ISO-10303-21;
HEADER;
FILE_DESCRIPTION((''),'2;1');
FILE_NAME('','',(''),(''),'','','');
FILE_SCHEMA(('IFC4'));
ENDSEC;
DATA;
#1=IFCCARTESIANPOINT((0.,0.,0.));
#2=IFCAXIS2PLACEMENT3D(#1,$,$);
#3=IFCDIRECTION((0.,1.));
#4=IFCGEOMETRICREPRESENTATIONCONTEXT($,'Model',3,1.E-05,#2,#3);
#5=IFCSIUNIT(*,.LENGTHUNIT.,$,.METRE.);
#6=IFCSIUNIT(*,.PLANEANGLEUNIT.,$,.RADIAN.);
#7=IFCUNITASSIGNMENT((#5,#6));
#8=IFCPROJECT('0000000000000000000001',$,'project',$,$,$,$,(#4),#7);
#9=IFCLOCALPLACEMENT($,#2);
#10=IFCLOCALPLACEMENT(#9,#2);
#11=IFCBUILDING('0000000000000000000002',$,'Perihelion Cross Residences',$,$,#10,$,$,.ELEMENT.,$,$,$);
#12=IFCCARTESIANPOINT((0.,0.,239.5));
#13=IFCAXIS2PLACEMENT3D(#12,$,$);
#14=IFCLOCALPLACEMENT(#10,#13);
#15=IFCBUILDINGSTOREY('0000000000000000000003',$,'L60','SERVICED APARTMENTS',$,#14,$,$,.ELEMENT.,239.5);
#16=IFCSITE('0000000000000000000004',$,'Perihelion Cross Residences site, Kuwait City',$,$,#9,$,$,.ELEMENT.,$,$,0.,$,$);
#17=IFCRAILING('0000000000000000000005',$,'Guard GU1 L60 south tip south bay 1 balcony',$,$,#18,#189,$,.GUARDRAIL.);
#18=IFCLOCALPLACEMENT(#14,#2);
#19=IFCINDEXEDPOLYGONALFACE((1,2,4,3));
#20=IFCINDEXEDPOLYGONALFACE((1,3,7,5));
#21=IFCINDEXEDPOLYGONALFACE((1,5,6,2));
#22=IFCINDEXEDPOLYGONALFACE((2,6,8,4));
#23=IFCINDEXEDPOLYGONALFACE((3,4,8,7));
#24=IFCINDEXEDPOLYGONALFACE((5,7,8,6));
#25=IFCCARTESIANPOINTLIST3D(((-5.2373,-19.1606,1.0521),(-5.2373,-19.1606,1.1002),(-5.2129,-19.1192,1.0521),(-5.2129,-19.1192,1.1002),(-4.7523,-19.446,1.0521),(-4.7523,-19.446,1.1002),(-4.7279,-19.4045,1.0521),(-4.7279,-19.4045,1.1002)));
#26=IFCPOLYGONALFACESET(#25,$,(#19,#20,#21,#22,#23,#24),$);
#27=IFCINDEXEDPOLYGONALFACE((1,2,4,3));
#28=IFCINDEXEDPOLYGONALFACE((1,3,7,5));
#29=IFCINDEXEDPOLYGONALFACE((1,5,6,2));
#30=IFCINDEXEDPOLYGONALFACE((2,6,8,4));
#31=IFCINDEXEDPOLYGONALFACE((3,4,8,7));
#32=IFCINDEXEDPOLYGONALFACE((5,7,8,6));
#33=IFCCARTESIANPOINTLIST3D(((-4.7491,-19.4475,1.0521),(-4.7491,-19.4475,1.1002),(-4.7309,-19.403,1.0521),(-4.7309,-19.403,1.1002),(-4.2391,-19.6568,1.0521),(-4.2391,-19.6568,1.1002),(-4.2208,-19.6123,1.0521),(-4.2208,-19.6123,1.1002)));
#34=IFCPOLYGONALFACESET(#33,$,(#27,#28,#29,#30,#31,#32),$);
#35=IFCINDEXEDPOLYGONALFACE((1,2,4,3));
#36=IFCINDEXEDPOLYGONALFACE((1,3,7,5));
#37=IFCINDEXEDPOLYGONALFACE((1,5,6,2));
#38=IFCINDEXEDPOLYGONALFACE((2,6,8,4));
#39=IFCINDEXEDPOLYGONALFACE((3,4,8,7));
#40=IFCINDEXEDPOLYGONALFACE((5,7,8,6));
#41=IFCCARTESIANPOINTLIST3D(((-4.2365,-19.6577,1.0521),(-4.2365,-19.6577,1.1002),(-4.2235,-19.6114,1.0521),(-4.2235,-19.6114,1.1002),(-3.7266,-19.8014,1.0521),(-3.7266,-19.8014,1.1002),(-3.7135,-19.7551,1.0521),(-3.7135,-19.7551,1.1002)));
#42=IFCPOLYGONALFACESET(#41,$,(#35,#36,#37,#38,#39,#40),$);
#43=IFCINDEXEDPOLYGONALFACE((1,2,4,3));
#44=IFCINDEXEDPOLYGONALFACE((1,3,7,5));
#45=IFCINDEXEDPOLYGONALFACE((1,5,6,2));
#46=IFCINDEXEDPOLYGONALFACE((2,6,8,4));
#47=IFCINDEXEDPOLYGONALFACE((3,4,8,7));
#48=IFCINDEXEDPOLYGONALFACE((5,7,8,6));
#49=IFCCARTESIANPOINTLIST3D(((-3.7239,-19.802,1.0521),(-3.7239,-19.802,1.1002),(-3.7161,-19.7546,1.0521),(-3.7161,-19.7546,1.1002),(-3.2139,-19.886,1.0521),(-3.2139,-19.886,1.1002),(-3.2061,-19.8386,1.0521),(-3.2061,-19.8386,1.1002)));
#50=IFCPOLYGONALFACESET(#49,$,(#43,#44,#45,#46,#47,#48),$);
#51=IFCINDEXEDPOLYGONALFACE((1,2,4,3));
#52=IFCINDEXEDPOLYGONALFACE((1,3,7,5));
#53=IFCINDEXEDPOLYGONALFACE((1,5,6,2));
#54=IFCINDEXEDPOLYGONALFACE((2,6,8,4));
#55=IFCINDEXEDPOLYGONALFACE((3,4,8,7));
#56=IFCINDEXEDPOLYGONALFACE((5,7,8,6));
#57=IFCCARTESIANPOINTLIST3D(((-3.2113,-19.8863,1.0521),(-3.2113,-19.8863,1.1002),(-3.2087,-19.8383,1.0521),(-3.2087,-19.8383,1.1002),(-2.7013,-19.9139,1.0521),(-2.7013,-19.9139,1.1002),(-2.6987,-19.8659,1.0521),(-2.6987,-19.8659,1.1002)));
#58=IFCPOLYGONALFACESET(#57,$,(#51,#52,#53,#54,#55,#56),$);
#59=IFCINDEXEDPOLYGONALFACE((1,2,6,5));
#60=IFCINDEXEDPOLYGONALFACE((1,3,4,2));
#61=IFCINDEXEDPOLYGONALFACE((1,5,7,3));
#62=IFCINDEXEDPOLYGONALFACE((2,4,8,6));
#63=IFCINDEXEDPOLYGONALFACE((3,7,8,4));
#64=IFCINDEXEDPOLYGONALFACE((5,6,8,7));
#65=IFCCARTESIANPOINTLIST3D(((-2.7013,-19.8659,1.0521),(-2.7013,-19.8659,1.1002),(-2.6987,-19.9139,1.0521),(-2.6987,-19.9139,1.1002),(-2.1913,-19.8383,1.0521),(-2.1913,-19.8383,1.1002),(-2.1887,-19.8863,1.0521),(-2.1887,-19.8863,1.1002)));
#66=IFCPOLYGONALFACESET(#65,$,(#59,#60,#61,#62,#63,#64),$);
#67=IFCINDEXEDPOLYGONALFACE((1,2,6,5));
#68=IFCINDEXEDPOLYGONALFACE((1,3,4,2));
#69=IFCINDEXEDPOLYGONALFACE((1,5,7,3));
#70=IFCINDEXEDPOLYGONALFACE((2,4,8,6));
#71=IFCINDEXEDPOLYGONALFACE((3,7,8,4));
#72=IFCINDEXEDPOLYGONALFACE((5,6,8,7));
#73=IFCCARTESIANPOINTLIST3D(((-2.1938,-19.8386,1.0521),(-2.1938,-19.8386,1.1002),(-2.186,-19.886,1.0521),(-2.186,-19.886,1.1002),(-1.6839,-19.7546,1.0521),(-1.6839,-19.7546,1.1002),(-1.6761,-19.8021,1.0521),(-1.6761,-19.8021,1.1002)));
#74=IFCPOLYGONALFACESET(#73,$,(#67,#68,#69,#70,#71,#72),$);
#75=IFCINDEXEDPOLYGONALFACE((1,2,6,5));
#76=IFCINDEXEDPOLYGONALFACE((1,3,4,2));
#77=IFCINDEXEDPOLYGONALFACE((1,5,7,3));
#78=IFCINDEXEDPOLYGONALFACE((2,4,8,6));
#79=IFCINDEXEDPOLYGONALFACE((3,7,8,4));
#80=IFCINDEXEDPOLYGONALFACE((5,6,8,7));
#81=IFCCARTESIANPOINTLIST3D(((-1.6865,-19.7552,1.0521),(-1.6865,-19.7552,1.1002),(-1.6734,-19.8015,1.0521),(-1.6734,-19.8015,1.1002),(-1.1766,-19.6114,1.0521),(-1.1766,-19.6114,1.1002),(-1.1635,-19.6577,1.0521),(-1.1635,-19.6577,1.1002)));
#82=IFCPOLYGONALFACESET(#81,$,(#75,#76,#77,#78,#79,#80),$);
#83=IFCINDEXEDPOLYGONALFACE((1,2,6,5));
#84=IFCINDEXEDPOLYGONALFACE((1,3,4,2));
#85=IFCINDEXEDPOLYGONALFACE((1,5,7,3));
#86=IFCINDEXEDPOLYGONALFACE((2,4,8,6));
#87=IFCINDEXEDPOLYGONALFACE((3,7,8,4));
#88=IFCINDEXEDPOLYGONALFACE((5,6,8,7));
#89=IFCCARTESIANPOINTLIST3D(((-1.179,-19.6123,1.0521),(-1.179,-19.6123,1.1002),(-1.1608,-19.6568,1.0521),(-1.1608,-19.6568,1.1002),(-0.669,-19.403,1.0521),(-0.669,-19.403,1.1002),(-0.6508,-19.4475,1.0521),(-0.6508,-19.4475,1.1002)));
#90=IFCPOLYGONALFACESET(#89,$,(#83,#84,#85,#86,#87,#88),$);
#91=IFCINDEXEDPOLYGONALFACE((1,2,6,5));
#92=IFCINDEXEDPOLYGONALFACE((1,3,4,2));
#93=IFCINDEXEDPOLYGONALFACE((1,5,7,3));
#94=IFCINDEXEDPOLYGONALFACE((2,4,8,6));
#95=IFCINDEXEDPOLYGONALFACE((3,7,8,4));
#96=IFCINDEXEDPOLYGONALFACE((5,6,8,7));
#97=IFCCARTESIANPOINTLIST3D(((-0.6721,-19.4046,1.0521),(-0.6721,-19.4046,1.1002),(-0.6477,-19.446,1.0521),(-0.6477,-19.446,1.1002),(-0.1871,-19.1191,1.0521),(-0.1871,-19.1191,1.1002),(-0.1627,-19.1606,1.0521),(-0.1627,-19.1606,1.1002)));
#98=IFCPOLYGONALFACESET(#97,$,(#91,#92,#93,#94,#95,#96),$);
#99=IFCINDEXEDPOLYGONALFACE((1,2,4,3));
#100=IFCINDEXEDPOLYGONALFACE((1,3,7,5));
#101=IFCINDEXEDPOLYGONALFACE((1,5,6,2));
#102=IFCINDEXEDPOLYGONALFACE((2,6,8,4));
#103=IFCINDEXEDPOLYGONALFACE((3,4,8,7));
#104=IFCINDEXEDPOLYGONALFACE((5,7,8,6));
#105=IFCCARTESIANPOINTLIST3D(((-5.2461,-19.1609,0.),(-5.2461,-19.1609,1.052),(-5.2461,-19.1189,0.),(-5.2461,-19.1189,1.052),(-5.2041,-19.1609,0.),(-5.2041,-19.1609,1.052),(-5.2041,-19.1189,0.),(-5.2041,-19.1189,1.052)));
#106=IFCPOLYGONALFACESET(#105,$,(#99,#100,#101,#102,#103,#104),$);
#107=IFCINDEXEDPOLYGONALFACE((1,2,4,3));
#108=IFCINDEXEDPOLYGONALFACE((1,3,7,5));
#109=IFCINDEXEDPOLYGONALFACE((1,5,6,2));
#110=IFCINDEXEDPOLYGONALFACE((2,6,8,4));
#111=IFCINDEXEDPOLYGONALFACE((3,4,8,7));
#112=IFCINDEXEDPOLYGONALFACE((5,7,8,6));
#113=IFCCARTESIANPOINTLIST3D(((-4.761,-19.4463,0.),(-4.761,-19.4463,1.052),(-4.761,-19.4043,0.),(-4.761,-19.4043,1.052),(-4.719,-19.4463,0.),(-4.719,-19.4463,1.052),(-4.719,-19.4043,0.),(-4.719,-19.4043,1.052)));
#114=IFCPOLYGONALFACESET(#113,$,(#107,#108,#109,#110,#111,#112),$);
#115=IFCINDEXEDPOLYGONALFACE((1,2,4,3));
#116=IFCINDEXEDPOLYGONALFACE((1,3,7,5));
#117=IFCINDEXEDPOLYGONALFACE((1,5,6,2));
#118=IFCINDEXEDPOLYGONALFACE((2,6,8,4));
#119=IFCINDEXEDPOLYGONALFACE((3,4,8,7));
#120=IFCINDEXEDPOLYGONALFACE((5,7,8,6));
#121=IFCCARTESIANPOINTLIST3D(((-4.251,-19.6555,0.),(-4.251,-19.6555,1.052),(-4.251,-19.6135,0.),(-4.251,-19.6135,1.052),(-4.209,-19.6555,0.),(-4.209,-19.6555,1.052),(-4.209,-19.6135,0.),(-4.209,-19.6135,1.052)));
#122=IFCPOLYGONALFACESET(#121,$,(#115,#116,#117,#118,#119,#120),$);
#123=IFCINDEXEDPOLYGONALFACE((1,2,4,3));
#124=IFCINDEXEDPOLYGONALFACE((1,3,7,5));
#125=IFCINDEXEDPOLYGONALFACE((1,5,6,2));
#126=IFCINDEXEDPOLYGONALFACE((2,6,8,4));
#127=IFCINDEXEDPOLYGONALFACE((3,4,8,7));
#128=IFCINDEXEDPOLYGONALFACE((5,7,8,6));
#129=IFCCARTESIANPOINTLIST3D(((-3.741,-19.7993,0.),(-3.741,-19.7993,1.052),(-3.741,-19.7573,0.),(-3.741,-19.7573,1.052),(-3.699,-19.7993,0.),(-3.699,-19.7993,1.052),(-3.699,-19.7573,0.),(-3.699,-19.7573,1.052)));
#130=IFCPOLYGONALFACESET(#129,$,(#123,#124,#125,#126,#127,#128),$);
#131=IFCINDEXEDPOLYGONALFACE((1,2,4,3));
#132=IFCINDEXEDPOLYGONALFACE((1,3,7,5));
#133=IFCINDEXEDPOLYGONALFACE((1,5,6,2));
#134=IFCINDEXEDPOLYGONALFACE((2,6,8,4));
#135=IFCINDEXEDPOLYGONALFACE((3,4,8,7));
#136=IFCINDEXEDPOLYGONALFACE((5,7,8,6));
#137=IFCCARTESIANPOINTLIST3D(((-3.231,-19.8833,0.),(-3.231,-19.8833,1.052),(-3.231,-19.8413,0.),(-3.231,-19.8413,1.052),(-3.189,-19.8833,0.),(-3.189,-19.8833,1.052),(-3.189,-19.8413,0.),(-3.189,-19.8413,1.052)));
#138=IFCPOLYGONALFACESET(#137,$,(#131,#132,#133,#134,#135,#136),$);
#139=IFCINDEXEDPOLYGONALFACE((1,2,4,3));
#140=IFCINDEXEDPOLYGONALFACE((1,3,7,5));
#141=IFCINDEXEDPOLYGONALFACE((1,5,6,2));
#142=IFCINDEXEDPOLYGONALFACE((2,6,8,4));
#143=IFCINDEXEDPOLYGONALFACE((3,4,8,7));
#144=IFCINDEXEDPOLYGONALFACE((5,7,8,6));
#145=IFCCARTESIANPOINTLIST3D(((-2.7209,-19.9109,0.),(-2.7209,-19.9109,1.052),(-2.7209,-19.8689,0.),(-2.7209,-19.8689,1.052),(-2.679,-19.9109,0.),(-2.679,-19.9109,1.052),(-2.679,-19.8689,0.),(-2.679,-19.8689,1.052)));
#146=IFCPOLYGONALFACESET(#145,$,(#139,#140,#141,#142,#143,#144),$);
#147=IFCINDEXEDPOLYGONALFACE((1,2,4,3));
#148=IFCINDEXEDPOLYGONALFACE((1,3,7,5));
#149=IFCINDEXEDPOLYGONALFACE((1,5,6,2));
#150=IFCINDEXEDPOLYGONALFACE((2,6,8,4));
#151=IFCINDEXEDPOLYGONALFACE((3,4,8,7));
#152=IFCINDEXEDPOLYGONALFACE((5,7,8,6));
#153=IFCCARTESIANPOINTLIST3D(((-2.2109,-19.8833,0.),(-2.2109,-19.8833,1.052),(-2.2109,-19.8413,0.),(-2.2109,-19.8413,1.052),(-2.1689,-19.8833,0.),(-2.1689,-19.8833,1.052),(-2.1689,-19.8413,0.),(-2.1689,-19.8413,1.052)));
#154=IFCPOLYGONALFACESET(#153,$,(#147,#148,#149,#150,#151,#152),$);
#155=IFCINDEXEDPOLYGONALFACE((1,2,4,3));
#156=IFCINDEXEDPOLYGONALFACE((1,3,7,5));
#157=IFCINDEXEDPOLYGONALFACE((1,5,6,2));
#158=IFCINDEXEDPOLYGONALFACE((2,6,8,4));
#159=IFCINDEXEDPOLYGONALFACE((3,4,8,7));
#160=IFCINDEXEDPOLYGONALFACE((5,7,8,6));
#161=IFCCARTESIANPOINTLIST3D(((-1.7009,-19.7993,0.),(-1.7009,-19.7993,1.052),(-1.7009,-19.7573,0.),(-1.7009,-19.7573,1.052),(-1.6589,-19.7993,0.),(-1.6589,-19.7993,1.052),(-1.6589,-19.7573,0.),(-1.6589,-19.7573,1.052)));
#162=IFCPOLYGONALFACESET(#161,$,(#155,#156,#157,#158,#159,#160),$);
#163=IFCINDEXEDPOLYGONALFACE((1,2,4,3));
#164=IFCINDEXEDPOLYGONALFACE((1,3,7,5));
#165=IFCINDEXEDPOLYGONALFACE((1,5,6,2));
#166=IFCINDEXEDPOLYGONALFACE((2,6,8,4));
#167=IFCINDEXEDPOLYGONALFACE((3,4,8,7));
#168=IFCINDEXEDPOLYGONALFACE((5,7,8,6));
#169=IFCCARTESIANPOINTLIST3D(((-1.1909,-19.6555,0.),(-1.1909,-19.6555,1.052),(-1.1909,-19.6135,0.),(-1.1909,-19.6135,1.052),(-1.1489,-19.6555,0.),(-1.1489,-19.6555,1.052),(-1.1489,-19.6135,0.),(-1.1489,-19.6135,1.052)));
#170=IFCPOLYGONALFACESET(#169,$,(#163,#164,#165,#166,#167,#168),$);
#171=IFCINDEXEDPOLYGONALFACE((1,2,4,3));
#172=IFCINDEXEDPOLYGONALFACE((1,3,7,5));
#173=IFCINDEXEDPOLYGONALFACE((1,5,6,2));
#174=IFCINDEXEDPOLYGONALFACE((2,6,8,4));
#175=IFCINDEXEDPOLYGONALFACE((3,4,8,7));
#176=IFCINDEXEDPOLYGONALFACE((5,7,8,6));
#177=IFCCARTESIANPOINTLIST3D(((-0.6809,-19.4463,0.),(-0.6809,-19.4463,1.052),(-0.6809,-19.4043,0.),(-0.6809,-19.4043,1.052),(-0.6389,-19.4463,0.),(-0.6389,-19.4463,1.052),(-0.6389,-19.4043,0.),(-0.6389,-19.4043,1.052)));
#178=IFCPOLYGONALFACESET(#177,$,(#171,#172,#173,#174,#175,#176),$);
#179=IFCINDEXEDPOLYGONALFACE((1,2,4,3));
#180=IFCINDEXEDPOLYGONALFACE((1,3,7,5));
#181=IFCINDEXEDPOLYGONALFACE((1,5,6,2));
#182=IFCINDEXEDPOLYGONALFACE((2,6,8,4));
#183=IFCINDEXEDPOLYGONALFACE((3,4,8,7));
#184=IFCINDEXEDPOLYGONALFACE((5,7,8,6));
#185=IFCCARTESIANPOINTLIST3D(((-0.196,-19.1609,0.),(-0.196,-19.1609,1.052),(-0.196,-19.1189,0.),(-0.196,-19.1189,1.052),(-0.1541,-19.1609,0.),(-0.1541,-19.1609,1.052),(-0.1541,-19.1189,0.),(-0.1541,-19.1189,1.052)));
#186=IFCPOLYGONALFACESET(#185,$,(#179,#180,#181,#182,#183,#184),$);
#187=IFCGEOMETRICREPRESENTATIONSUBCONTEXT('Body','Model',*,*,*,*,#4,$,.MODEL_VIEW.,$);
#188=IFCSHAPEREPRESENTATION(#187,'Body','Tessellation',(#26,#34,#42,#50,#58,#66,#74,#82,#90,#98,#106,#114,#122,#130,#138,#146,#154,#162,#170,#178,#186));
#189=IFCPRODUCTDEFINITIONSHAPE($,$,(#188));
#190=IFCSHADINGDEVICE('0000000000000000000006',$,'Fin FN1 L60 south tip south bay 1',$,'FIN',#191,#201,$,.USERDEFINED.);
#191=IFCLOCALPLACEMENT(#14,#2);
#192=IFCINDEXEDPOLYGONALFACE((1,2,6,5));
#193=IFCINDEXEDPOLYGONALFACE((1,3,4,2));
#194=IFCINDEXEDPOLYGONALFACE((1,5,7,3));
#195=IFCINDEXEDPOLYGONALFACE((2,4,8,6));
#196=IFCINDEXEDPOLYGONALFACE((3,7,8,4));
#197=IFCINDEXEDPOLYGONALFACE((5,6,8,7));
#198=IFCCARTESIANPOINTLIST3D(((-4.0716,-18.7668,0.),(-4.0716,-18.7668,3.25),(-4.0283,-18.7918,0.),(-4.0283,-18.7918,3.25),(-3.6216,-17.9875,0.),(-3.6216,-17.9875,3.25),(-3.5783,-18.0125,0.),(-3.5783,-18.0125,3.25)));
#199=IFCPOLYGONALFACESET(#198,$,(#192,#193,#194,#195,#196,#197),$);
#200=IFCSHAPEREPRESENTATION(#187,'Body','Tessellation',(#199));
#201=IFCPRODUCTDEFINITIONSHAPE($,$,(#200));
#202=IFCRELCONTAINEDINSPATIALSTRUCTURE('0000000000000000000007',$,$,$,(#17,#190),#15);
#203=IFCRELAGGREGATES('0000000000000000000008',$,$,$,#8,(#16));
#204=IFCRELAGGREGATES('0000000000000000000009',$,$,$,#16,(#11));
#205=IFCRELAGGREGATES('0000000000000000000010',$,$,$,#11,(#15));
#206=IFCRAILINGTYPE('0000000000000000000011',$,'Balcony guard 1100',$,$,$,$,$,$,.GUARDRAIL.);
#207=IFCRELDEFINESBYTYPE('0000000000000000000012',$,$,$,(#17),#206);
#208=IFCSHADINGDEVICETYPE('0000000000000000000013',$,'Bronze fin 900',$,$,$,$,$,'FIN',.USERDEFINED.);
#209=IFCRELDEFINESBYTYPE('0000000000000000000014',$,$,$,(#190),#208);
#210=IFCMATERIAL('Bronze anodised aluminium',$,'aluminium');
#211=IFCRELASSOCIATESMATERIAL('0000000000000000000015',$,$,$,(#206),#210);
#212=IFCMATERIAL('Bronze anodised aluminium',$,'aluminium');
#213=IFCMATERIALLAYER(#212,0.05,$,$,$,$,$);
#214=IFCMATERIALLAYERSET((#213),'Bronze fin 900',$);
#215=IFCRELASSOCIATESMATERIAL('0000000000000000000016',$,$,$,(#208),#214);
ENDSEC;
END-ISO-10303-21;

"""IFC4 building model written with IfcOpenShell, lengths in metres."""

from ifc_helpers import new_model, si_unit, direction, frame, origin, origin_2d, place, context, subcontext, project, spatial, rectangle, extrude, material, layer, layer_set, type_object, element, save


model = new_model("IFC4")

# Units and contexts
model_context = context("Model", 3, precision=1e-05, world=origin(), true_north=direction((0.0, 1.0)))
body_context = subcontext(model_context, "Body", "Model", "MODEL_VIEW")
ifc_project = project(units=[si_unit("LENGTHUNIT", "METRE"), si_unit("PLANEANGLEUNIT", "RADIAN")], contexts=[model_context])

# Site, building, storey
site_placement = place(None, origin())
site = spatial("IfcSite", under=ifc_project, at=site_placement, Name="Perihelion Cross Residences site, Kuwait City", CompositionType="ELEMENT", RefElevation=0.0)
building_placement = place(site_placement, origin())
building = spatial("IfcBuilding", under=site, at=building_placement, Name="Perihelion Cross Residences", CompositionType="ELEMENT")
storey_placement = place(building_placement, frame((0.0, 0.0, 239.5)))
storey = spatial("IfcBuildingStorey", under=building, at=storey_placement, Name="L60", Description="SERVICED APARTMENTS", CompositionType="ELEMENT", Elevation=239.5)

# Railing
ifc_material_1 = material(Name="Bronze anodised aluminium", Category="aluminium")
railing_type = type_object("IfcRailingType", Name="Balcony guard 1100", PredefinedType="GUARDRAIL", material=ifc_material_1)
railing_1_placement = place(storey_placement, frame((-5.2251, -19.1399, 0.0)))
element("IfcRailing", 1, at=railing_1_placement, inside=storey, type_object=railing_type, Name="Guard GU1 L60 south tip south bay 1 balcony", PredefinedType="GUARDRAIL", context=body_context, shape_type="SweptSolid", body=[
    extrude(rectangle(XDim=0.0481, YDim=0.0481, at=origin_2d()), frame((0.0, 0.0, 1.0762), z_axis=(0.861901, -0.507077, 0.0), x_axis=(0.507077, 0.861901, 0.0)), (0.0, 0.0, 1.0), 0.5627),
    extrude(rectangle(XDim=0.0481, YDim=0.0481, at=origin_2d()), frame((0.4851, -0.2854, 1.0762), z_axis=(0.925173, -0.379547, 0.0), x_axis=(0.379547, 0.925173, 0.0)), (0.0, 0.0, 1.0), 0.5513),
    extrude(rectangle(XDim=0.0481, YDim=0.0481, at=origin_2d()), frame((0.9951, -0.4946, 1.0762), z_axis=(0.962474, -0.271373, 0.0), x_axis=(0.271373, 0.962474, 0.0)), (0.0, 0.0, 1.0), 0.5298),
    extrude(rectangle(XDim=0.0481, YDim=0.0481, at=origin_2d()), frame((1.5051, -0.6384, 1.0762), z_axis=(0.986711, -0.162484, 0.0), x_axis=(0.162484, 0.986711, 0.0)), (0.0, 0.0, 1.0), 0.5168),
    extrude(rectangle(XDim=0.0481, YDim=0.0481, at=origin_2d()), frame((2.0151, -0.7224, 1.0762), z_axis=(0.99854, -0.054014, 0.0), x_axis=(0.054014, 0.99854, 0.0)), (0.0, 0.0, 1.0), 0.5107),
    extrude(rectangle(XDim=0.0481, YDim=0.0481, at=origin_2d()), frame((2.5251, -0.75, 1.0762), z_axis=(0.99854, 0.054014, 0.0), x_axis=(-0.054014, 0.99854, 0.0)), (0.0, 0.0, 1.0), 0.5107),
    extrude(rectangle(XDim=0.0481, YDim=0.0481, at=origin_2d()), frame((3.0352, -0.7224, 1.0762), z_axis=(0.986711, 0.162484, 0.0), x_axis=(-0.162484, 0.986711, 0.0)), (0.0, 0.0, 1.0), 0.5168),
    extrude(rectangle(XDim=0.0481, YDim=0.0481, at=origin_2d()), frame((3.5452, -0.6384, 1.0762), z_axis=(0.962474, 0.271373, 0.0), x_axis=(-0.271373, 0.962474, 0.0)), (0.0, 0.0, 1.0), 0.5298),
    extrude(rectangle(XDim=0.0481, YDim=0.0481, at=origin_2d()), frame((4.0552, -0.4946, 1.0762), z_axis=(0.925173, 0.379547, 0.0), x_axis=(-0.379547, 0.925173, 0.0)), (0.0, 0.0, 1.0), 0.5513),
    extrude(rectangle(XDim=0.0481, YDim=0.0481, at=origin_2d()), frame((4.5652, -0.2854, 1.0762), z_axis=(0.861789, 0.507267, 0.0), x_axis=(-0.507267, 0.861789, 0.0)), (0.0, 0.0, 1.0), 0.5627),
    extrude(rectangle(XDim=0.042, YDim=0.042, at=origin_2d()), origin(), (0.0, 0.0, 1.0), 1.052),
    extrude(rectangle(XDim=0.042, YDim=0.042, at=origin_2d()), frame((0.4851, -0.2854, 0.0)), (0.0, 0.0, 1.0), 1.052),
    extrude(rectangle(XDim=0.042, YDim=0.042, at=origin_2d()), frame((0.9951, -0.4946, 0.0)), (0.0, 0.0, 1.0), 1.052),
    extrude(rectangle(XDim=0.042, YDim=0.042, at=origin_2d()), frame((1.5051, -0.6384, 0.0)), (0.0, 0.0, 1.0), 1.052),
    extrude(rectangle(XDim=0.042, YDim=0.042, at=origin_2d()), frame((2.0151, -0.7224, 0.0)), (0.0, 0.0, 1.0), 1.052),
    extrude(rectangle(XDim=0.042, YDim=0.042, at=origin_2d()), frame((2.5251, -0.75, 0.0)), (0.0, 0.0, 1.0), 1.052),
    extrude(rectangle(XDim=0.042, YDim=0.042, at=origin_2d()), frame((3.0352, -0.7224, 0.0)), (0.0, 0.0, 1.0), 1.052),
    extrude(rectangle(XDim=0.042, YDim=0.042, at=origin_2d()), frame((3.5452, -0.6384, 0.0)), (0.0, 0.0, 1.0), 1.052),
    extrude(rectangle(XDim=0.042, YDim=0.042, at=origin_2d()), frame((4.0552, -0.4946, 0.0)), (0.0, 0.0, 1.0), 1.052),
    extrude(rectangle(XDim=0.042, YDim=0.042, at=origin_2d()), frame((4.5652, -0.2854, 0.0)), (0.0, 0.0, 1.0), 1.052),
    extrude(rectangle(XDim=0.042, YDim=0.042, at=origin_2d()), frame((5.05, 0.0, 0.0)), (0.0, 0.0, 1.0), 1.052),
])

# Shading device
ifc_material_2 = material(Name="Bronze anodised aluminium", Category="aluminium")
ifc_layer_1 = layer(ifc_material_2, 0.05)
ifc_layer_set_1 = layer_set([ifc_layer_1], Name="Bronze fin 900")
shading_device_type = type_object("IfcShadingDeviceType", Name="Bronze fin 900", ElementType="FIN", PredefinedType="USERDEFINED", material=ifc_layer_set_1)
shading_device_placement = place(storey_placement, frame((-3.825, -18.3896, 0.0), z_axis=(0.0, 0.0, 1.0), x_axis=(-0.5, -0.866025, 0.0)))
element("IfcShadingDevice", 2, at=shading_device_placement, inside=storey, type_object=shading_device_type, Name="Fin FN1 L60 south tip south bay 1", ObjectType="FIN", PredefinedType="USERDEFINED", context=body_context, shape_type="SweptSolid", body=[
    extrude(rectangle(XDim=0.8999, YDim=0.05, at=origin_2d()), origin(), (0.0, 0.0, 1.0), 3.25),
])

save(model, "model.ifc")
